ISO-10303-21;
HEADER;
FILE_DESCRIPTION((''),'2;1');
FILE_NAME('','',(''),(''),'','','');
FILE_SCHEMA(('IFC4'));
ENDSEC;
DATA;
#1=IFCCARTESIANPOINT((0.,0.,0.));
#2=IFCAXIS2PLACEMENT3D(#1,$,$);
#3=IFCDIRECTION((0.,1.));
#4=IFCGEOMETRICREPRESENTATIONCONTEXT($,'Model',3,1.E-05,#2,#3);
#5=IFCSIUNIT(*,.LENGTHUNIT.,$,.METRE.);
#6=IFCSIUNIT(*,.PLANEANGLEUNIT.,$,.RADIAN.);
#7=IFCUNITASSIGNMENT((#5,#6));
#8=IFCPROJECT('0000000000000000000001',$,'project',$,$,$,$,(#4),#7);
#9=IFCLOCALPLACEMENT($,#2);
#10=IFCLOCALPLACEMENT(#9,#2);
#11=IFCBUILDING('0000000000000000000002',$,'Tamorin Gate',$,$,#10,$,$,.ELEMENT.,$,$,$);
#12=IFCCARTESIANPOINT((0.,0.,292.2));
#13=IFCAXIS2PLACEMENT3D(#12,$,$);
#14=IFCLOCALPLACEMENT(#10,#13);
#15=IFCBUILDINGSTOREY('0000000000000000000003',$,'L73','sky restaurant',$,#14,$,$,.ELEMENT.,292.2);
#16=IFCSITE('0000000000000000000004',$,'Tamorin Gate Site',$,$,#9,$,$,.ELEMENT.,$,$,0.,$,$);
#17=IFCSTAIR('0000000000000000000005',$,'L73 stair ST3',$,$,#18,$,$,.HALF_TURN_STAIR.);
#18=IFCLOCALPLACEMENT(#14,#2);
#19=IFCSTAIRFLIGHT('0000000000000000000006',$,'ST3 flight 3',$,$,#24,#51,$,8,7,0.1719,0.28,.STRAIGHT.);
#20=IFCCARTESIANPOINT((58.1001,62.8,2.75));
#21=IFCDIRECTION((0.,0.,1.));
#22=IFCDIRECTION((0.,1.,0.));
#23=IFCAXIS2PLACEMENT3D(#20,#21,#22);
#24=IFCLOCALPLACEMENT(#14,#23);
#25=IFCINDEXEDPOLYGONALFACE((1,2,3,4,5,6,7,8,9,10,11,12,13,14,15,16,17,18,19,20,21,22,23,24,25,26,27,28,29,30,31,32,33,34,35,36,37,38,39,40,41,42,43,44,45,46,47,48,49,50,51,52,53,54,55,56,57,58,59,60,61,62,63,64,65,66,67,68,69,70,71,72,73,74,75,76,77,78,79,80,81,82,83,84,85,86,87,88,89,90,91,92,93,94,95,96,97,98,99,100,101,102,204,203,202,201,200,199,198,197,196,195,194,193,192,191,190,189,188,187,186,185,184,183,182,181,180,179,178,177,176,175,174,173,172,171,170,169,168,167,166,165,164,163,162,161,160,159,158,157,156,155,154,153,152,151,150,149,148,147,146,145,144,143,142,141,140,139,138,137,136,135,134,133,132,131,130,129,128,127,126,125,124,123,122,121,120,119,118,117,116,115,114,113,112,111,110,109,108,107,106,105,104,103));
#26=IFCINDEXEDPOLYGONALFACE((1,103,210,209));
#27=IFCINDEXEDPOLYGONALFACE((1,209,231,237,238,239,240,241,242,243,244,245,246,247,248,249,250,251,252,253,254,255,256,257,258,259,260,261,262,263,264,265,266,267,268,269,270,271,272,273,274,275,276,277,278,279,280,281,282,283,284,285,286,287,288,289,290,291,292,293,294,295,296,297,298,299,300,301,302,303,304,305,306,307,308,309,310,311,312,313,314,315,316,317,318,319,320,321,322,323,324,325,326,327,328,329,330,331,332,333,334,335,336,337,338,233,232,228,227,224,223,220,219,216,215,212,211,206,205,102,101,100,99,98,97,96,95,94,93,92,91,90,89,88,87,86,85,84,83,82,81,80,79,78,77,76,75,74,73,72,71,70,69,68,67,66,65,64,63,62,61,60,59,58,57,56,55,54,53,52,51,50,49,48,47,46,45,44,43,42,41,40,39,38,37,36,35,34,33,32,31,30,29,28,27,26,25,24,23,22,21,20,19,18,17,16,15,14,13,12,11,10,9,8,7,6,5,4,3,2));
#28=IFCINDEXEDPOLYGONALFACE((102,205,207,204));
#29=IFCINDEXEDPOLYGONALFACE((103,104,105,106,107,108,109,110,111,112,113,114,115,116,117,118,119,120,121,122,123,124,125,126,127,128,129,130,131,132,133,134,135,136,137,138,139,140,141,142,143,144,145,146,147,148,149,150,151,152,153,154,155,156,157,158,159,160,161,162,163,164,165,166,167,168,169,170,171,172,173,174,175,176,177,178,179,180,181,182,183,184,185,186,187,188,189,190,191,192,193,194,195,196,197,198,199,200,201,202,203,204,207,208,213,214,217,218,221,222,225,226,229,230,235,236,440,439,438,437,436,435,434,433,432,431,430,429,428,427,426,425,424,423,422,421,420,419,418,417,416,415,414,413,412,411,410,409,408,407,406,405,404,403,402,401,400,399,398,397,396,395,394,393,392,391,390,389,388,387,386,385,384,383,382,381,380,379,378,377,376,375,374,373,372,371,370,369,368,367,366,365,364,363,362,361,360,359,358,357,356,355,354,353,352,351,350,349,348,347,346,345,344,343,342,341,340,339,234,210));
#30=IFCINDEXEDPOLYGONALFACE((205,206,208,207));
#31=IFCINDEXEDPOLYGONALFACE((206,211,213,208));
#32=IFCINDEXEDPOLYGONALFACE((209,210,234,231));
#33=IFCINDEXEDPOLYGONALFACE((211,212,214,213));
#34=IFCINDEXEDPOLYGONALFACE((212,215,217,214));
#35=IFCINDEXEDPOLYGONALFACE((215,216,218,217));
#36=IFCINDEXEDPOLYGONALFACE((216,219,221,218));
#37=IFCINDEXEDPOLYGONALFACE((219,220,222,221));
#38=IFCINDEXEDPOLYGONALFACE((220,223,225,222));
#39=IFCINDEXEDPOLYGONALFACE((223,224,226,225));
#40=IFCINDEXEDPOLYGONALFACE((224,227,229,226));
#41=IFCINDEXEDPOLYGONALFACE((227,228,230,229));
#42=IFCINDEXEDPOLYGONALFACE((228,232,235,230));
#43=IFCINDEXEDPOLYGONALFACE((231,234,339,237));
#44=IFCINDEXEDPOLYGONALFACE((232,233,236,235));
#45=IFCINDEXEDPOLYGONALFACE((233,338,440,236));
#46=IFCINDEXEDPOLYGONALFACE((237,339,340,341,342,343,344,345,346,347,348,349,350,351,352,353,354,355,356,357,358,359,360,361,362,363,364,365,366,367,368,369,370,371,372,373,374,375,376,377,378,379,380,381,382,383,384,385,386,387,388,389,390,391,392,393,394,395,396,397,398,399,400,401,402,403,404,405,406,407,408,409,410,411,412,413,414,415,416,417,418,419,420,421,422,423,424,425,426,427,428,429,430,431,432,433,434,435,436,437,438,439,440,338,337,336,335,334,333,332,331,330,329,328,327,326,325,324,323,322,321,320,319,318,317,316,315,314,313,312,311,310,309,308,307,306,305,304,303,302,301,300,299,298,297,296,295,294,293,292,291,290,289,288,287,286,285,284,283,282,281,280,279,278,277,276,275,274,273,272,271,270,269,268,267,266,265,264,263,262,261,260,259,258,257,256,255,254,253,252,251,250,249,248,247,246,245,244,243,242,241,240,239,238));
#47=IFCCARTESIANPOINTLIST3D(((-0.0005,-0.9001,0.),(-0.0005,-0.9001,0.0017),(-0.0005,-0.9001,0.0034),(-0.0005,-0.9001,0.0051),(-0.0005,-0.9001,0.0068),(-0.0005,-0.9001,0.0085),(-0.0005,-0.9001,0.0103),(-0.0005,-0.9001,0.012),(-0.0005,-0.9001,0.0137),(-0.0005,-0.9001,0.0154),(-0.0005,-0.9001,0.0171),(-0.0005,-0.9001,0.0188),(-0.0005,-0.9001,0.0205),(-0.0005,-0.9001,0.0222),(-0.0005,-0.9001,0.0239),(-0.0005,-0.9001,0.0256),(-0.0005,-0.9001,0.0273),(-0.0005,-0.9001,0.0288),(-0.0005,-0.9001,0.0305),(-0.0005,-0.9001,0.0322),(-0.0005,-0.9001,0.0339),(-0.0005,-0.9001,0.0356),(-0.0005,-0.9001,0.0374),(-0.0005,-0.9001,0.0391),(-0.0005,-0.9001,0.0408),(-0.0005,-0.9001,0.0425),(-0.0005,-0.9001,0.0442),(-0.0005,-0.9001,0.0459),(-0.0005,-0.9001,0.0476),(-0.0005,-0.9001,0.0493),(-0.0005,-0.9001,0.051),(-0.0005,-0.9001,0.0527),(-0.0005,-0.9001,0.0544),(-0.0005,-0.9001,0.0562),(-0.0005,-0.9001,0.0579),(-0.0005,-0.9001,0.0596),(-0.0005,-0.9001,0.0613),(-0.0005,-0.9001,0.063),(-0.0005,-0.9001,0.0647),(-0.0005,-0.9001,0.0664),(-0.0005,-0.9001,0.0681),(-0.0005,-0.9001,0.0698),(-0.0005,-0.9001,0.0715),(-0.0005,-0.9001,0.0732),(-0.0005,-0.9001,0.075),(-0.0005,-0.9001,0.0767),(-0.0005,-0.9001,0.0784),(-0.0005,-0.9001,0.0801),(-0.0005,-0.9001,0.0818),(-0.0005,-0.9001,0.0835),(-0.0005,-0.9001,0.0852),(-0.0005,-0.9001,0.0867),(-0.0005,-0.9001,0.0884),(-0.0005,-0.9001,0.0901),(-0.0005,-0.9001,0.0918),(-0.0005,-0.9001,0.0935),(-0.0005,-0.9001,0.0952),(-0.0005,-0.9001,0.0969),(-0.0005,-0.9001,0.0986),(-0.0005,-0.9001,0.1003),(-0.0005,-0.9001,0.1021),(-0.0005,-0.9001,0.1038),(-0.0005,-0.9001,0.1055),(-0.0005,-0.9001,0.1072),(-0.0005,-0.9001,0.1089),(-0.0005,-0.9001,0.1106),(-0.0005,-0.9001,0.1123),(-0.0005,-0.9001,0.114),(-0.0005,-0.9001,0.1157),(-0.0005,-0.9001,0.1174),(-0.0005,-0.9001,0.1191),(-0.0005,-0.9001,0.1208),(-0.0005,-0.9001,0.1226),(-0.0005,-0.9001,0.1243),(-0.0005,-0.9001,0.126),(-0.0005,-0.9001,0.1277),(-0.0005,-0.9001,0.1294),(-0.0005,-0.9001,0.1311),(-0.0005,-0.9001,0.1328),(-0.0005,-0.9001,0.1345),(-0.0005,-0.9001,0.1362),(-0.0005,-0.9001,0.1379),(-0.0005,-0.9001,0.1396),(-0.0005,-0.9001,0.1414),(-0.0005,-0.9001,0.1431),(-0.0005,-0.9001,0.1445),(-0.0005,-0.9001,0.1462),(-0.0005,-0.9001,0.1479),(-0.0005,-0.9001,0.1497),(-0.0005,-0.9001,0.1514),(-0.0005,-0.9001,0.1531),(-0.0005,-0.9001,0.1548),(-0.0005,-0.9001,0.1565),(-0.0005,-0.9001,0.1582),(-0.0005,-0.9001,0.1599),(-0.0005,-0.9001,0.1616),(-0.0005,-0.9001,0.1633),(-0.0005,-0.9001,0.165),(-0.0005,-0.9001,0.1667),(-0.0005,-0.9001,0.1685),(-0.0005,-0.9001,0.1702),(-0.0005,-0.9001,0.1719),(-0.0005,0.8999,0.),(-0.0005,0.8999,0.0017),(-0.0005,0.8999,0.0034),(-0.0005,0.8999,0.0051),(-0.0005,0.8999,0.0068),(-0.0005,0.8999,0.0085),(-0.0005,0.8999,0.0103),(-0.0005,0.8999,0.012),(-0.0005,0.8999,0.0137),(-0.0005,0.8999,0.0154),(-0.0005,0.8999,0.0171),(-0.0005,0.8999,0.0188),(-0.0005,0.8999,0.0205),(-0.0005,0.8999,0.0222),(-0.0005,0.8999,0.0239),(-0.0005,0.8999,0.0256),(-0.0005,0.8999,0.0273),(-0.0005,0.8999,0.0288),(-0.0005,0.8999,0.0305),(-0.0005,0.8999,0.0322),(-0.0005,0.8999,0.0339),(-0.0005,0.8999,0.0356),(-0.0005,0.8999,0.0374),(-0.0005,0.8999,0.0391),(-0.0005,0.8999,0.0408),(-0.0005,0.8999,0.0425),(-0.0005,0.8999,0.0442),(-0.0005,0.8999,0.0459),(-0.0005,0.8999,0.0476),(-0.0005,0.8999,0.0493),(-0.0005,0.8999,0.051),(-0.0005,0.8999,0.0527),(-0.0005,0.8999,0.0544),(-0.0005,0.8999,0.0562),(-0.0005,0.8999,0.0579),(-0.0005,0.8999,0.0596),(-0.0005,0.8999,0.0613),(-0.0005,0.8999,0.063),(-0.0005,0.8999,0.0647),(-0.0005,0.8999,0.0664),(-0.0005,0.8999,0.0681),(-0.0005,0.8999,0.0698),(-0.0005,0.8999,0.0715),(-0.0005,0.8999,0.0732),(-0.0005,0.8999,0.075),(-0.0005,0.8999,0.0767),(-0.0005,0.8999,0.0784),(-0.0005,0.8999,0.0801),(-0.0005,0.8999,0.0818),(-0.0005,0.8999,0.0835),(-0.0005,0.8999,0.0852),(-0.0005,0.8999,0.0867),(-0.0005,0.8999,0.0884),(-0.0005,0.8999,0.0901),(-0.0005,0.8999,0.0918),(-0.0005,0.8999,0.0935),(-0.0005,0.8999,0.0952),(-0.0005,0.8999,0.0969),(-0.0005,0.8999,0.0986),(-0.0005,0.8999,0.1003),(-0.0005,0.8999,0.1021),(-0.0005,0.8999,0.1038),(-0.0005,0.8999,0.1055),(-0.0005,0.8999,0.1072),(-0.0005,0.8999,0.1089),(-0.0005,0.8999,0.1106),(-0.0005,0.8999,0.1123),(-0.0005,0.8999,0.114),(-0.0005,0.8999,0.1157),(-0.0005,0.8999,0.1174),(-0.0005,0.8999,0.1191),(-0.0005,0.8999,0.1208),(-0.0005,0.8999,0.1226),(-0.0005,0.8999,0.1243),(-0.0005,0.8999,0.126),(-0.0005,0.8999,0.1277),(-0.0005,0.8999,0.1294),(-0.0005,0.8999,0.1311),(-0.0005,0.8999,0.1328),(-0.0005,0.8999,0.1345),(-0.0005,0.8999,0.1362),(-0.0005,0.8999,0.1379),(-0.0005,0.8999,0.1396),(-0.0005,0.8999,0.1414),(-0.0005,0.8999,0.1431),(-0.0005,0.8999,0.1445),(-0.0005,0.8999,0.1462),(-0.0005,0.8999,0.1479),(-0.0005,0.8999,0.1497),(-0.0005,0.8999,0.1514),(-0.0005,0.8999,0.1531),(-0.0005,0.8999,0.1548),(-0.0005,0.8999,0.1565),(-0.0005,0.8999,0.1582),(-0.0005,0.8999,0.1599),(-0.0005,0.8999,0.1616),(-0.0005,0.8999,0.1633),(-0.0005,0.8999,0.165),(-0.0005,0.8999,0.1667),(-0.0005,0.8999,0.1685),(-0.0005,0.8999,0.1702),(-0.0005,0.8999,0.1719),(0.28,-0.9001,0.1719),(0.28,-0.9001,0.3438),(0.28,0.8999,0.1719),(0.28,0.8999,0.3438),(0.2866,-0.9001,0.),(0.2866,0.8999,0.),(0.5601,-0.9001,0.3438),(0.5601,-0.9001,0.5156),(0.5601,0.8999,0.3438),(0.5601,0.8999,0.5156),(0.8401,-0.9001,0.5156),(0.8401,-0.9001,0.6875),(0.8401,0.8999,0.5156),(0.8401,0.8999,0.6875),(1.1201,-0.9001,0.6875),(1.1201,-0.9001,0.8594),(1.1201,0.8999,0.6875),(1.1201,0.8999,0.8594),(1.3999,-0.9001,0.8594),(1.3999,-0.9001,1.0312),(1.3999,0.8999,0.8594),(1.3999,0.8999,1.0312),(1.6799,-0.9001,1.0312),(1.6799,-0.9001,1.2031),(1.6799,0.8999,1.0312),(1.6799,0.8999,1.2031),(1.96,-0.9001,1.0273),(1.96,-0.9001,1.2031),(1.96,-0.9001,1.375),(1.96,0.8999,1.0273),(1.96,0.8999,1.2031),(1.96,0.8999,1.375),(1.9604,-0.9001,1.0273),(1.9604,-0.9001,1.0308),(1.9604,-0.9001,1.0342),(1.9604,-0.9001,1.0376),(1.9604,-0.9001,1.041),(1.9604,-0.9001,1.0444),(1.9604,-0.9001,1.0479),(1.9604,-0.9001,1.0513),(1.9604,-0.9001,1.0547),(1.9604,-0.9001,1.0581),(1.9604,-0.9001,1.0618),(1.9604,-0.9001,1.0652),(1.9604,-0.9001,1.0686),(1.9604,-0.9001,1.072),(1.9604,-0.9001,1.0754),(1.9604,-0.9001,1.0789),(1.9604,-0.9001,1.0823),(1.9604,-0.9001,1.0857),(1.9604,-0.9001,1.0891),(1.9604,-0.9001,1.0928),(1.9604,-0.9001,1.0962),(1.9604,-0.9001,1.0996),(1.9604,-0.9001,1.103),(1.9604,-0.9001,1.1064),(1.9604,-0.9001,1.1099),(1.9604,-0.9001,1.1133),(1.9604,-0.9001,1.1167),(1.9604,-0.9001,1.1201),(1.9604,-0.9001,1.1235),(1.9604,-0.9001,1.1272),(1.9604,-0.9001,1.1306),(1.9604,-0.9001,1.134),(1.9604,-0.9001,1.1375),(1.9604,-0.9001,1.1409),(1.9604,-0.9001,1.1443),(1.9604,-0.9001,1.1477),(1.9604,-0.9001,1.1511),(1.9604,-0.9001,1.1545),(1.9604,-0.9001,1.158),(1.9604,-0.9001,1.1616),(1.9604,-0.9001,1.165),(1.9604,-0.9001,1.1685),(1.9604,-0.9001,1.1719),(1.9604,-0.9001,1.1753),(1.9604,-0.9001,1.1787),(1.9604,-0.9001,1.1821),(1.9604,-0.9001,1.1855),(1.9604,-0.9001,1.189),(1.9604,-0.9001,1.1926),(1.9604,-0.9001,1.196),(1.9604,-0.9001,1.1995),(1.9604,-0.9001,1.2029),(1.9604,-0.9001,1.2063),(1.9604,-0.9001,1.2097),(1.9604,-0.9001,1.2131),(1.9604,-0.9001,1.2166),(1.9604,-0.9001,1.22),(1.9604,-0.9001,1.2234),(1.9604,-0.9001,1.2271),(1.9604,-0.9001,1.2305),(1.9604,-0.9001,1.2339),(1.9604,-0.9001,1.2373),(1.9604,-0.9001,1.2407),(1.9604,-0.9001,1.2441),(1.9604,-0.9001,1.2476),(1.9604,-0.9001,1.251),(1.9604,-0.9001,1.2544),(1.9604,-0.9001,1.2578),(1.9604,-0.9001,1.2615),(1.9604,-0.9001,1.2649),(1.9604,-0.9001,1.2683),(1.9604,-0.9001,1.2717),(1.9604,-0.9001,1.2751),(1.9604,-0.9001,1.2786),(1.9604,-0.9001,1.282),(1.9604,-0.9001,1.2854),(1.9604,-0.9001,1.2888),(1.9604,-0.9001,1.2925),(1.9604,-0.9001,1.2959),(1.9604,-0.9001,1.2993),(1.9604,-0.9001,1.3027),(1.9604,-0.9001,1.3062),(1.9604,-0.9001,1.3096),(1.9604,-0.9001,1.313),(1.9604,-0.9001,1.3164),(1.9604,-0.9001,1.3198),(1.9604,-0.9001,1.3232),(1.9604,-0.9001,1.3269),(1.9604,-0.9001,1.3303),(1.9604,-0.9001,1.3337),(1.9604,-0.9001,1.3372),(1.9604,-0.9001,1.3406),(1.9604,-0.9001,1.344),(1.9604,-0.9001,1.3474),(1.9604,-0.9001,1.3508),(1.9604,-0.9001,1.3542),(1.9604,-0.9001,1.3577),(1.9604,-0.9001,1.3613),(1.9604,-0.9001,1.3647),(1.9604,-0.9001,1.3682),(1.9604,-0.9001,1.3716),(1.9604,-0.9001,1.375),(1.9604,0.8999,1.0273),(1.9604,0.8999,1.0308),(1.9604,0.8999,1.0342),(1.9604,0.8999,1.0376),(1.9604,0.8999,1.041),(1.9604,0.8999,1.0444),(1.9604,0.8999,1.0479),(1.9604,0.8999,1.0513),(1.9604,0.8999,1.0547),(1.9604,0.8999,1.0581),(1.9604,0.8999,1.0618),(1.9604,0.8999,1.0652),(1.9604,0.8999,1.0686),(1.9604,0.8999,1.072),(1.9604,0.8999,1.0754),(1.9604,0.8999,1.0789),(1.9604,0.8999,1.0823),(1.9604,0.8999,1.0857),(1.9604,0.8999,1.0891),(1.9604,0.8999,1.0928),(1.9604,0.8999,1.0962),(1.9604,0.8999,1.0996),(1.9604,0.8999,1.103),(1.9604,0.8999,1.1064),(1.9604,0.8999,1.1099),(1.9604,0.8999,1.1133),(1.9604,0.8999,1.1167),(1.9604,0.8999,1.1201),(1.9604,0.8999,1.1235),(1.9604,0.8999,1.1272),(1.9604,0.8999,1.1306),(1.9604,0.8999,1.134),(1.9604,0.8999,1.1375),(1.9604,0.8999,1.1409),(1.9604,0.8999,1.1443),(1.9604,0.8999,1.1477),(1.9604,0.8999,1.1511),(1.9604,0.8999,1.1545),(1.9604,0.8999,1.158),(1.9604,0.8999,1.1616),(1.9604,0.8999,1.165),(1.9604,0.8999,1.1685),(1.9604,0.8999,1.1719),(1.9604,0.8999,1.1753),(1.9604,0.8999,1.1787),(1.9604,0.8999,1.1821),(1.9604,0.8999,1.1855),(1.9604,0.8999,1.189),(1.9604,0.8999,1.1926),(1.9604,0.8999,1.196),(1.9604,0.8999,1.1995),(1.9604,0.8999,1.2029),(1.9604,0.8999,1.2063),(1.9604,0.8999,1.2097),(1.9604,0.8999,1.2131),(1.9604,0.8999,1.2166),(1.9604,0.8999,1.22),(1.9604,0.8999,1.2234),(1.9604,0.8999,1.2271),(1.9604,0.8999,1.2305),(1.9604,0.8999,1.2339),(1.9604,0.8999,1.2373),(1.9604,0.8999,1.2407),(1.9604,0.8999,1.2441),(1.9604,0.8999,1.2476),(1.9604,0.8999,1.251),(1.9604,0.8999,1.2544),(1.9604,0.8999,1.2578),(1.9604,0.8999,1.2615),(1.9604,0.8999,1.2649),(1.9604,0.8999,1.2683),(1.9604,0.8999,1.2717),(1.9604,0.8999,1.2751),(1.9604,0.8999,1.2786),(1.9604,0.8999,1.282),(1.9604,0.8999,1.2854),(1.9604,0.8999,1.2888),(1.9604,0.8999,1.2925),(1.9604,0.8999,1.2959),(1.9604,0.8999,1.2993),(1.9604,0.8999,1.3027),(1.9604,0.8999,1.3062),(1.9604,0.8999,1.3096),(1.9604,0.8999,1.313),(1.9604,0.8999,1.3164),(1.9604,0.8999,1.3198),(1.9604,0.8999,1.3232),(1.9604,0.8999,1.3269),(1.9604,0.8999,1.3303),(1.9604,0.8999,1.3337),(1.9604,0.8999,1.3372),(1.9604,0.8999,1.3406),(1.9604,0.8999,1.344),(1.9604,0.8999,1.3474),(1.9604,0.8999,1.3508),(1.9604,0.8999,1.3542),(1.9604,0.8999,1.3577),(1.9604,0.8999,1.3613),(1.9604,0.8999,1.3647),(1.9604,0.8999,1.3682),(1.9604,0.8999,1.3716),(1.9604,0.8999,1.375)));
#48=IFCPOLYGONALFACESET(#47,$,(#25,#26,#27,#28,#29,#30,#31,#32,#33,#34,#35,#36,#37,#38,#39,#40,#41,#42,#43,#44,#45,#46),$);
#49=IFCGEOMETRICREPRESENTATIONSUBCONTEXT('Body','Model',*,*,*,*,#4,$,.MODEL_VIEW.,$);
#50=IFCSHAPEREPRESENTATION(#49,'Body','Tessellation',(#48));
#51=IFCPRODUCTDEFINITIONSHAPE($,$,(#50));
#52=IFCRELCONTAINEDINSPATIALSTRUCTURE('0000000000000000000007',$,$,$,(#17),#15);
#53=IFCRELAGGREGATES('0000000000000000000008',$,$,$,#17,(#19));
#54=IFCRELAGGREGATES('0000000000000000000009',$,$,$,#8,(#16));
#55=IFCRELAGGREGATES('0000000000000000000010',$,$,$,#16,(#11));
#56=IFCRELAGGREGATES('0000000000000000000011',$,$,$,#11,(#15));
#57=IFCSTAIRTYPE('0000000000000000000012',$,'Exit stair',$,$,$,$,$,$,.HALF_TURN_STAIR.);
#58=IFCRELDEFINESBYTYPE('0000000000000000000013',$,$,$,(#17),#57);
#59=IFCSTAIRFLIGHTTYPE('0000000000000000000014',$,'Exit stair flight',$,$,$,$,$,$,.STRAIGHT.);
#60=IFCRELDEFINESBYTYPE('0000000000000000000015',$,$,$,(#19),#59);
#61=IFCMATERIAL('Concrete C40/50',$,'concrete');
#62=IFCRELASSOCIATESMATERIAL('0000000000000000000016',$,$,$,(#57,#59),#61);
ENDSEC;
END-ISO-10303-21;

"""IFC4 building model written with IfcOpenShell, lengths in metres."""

from ifc_helpers import new_model, si_unit, direction, frame, origin, place, context, subcontext, project, spatial, polyline, outline, extrude, material, type_object, element, aggregate, save


model = new_model("IFC4")

# Units and contexts
model_context = context("Model", 3, precision=1e-05, world=origin(), true_north=direction((0.0, 1.0)))
body_context = subcontext(model_context, "Body", "Model", "MODEL_VIEW")
ifc_project = project(units=[si_unit("LENGTHUNIT", "METRE"), si_unit("PLANEANGLEUNIT", "RADIAN")], contexts=[model_context])

# Site, building, storey
site_placement = place(None, origin())
site = spatial("IfcSite", under=ifc_project, at=site_placement, Name="Tamorin Gate Site", CompositionType="ELEMENT", RefElevation=0.0)
building_placement = place(site_placement, origin())
building = spatial("IfcBuilding", under=site, at=building_placement, Name="Tamorin Gate", CompositionType="ELEMENT")
storey_placement = place(building_placement, frame((0.0, 0.0, 292.2)))
storey = spatial("IfcBuildingStorey", under=building, at=storey_placement, Name="L73", Description="sky restaurant", CompositionType="ELEMENT", Elevation=292.2)

# Shared definitions
ifc_material_1 = material(Name="Concrete C40/50", Category="concrete")

# Stair, stair flight
stair_type = type_object("IfcStairType", Name="Exit stair", PredefinedType="HALF_TURN_STAIR", material=ifc_material_1)
stair_placement = place(storey_placement, origin())
stair = element("IfcStair", 1, at=stair_placement, inside=storey, type_object=stair_type, Name="L73 stair ST3", PredefinedType="HALF_TURN_STAIR")
stair_flight_type = type_object("IfcStairFlightType", Name="Exit stair flight", PredefinedType="STRAIGHT", material=ifc_material_1)
stair_flight_1_placement = place(storey_placement, frame((58.1001, 62.8, 2.75), z_axis=(0.0, 0.0, 1.0), x_axis=(0.0, 1.0, 0.0)))
stair_flight_1 = element("IfcStairFlight", 2, at=stair_flight_1_placement, type_object=stair_flight_type, Name="ST3 flight 3", NumberOfRisers=8, NumberOfTreads=7, PredefinedType="STRAIGHT", RiserHeight=0.1719, TreadLength=0.28, context=body_context, shape_type="SweptSolid", body=[
    extrude(outline(polyline([(-0.0005, 0.0), (-0.0005, 0.0017), (-0.0005, 0.0034), (-0.0005, 0.0051), (-0.0005, 0.0068), (-0.0005, 0.0085), (-0.0005, 0.0103), (-0.0005, 0.012), (-0.0005, 0.0137), (-0.0005, 0.0154), (-0.0005, 0.0171), (-0.0005, 0.0188), (-0.0005, 0.0205), (-0.0005, 0.0222), (-0.0005, 0.0239), (-0.0005, 0.0256), (-0.0005, 0.0273), (-0.0005, 0.0288), (-0.0005, 0.0305), (-0.0005, 0.0322), (-0.0005, 0.0339), (-0.0005, 0.0356), (-0.0005, 0.0374), (-0.0005, 0.0391), (-0.0005, 0.0408), (-0.0005, 0.0425), (-0.0005, 0.0442), (-0.0005, 0.0459), (-0.0005, 0.0476), (-0.0005, 0.0493), (-0.0005, 0.051), (-0.0005, 0.0527), (-0.0005, 0.0544), (-0.0005, 0.0562), (-0.0005, 0.0579), (-0.0005, 0.0596), (-0.0005, 0.0613), (-0.0005, 0.063), (-0.0005, 0.0647), (-0.0005, 0.0664), (-0.0005, 0.0681), (-0.0005, 0.0698), (-0.0005, 0.0715), (-0.0005, 0.0732), (-0.0005, 0.075), (-0.0005, 0.0767), (-0.0005, 0.0784), (-0.0005, 0.0801), (-0.0005, 0.0818), (-0.0005, 0.0835), (-0.0005, 0.0852), (-0.0005, 0.0867), (-0.0005, 0.0884), (-0.0005, 0.0901), (-0.0005, 0.0918), (-0.0005, 0.0935), (-0.0005, 0.0952), (-0.0005, 0.0969), (-0.0005, 0.0986), (-0.0005, 0.1003), (-0.0005, 0.1021), (-0.0005, 0.1038), (-0.0005, 0.1055), (-0.0005, 0.1072), (-0.0005, 0.1089), (-0.0005, 0.1106), (-0.0005, 0.1123), (-0.0005, 0.114), (-0.0005, 0.1157), (-0.0005, 0.1174), (-0.0005, 0.1191), (-0.0005, 0.1208), (-0.0005, 0.1226), (-0.0005, 0.1243), (-0.0005, 0.126), (-0.0005, 0.1277), (-0.0005, 0.1294), (-0.0005, 0.1311), (-0.0005, 0.1328), (-0.0005, 0.1345), (-0.0005, 0.1362), (-0.0005, 0.1379), (-0.0005, 0.1396), (-0.0005, 0.1414), (-0.0005, 0.1431), (-0.0005, 0.1445), (-0.0005, 0.1462), (-0.0005, 0.1479), (-0.0005, 0.1497), (-0.0005, 0.1514), (-0.0005, 0.1531), (-0.0005, 0.1548), (-0.0005, 0.1565), (-0.0005, 0.1582), (-0.0005, 0.1599), (-0.0005, 0.1616), (-0.0005, 0.1633), (-0.0005, 0.165), (-0.0005, 0.1667), (-0.0005, 0.1685), (-0.0005, 0.1702), (-0.0005, 0.1719), (0.28, 0.1719), (0.28, 0.3438), (0.5601, 0.3438), (0.5601, 0.5156), (0.8401, 0.5156), (0.8401, 0.6875), (1.1201, 0.6875), (1.1201, 0.8594), (1.3999, 0.8594), (1.3999, 1.0312), (1.6799, 1.0312), (1.6799, 1.2031), (1.96, 1.2031), (1.96, 1.375), (1.9604, 1.375), (1.9604, 1.3716), (1.9604, 1.3682), (1.9604, 1.3647), (1.9604, 1.3613), (1.9604, 1.3577), (1.9604, 1.3542), (1.9604, 1.3508), (1.9604, 1.3474), (1.9604, 1.344), (1.9604, 1.3406), (1.9604, 1.3372), (1.9604, 1.3337), (1.9604, 1.3303), (1.9604, 1.3269), (1.9604, 1.3232), (1.9604, 1.3198), (1.9604, 1.3164), (1.9604, 1.313), (1.9604, 1.3096), (1.9604, 1.3062), (1.9604, 1.3027), (1.9604, 1.2993), (1.9604, 1.2959), (1.9604, 1.2925), (1.9604, 1.2888), (1.9604, 1.2854), (1.9604, 1.282), (1.9604, 1.2786), (1.9604, 1.2751), (1.9604, 1.2717), (1.9604, 1.2683), (1.9604, 1.2649), (1.9604, 1.2615), (1.9604, 1.2578), (1.9604, 1.2544), (1.9604, 1.251), (1.9604, 1.2476), (1.9604, 1.2441), (1.9604, 1.2407), (1.9604, 1.2373), (1.9604, 1.2339), (1.9604, 1.2305), (1.9604, 1.2271), (1.9604, 1.2234), (1.9604, 1.22), (1.9604, 1.2166), (1.9604, 1.2131), (1.9604, 1.2097), (1.9604, 1.2063), (1.9604, 1.2029), (1.9604, 1.1995), (1.9604, 1.196), (1.9604, 1.1926), (1.9604, 1.189), (1.9604, 1.1855), (1.9604, 1.1821), (1.9604, 1.1787), (1.9604, 1.1753), (1.9604, 1.1719), (1.9604, 1.1685), (1.9604, 1.165), (1.9604, 1.1616), (1.9604, 1.158), (1.9604, 1.1545), (1.9604, 1.1511), (1.9604, 1.1477), (1.9604, 1.1443), (1.9604, 1.1409), (1.9604, 1.1375), (1.9604, 1.134), (1.9604, 1.1306), (1.9604, 1.1272), (1.9604, 1.1235), (1.9604, 1.1201), (1.9604, 1.1167), (1.9604, 1.1133), (1.9604, 1.1099), (1.9604, 1.1064), (1.9604, 1.103), (1.9604, 1.0996), (1.9604, 1.0962), (1.9604, 1.0928), (1.9604, 1.0891), (1.9604, 1.0857), (1.9604, 1.0823), (1.9604, 1.0789), (1.9604, 1.0754), (1.9604, 1.072), (1.9604, 1.0686), (1.9604, 1.0652), (1.9604, 1.0618), (1.9604, 1.0581), (1.9604, 1.0547), (1.9604, 1.0513), (1.9604, 1.0479), (1.9604, 1.0444), (1.9604, 1.041), (1.9604, 1.0376), (1.9604, 1.0342), (1.9604, 1.0308), (1.9604, 1.0273), (1.96, 1.0273), (0.2866, 0.0), (-0.0005, 0.0)])), frame((0.0, 0.8999, 0.0), z_axis=(0.0, -1.0, 0.0), x_axis=(1.0, 0.0, 0.0)), (0.0, 0.0, 1.0), 1.8),
])
aggregate(stair, [stair_flight_1])

save(model, "model.ifc")
